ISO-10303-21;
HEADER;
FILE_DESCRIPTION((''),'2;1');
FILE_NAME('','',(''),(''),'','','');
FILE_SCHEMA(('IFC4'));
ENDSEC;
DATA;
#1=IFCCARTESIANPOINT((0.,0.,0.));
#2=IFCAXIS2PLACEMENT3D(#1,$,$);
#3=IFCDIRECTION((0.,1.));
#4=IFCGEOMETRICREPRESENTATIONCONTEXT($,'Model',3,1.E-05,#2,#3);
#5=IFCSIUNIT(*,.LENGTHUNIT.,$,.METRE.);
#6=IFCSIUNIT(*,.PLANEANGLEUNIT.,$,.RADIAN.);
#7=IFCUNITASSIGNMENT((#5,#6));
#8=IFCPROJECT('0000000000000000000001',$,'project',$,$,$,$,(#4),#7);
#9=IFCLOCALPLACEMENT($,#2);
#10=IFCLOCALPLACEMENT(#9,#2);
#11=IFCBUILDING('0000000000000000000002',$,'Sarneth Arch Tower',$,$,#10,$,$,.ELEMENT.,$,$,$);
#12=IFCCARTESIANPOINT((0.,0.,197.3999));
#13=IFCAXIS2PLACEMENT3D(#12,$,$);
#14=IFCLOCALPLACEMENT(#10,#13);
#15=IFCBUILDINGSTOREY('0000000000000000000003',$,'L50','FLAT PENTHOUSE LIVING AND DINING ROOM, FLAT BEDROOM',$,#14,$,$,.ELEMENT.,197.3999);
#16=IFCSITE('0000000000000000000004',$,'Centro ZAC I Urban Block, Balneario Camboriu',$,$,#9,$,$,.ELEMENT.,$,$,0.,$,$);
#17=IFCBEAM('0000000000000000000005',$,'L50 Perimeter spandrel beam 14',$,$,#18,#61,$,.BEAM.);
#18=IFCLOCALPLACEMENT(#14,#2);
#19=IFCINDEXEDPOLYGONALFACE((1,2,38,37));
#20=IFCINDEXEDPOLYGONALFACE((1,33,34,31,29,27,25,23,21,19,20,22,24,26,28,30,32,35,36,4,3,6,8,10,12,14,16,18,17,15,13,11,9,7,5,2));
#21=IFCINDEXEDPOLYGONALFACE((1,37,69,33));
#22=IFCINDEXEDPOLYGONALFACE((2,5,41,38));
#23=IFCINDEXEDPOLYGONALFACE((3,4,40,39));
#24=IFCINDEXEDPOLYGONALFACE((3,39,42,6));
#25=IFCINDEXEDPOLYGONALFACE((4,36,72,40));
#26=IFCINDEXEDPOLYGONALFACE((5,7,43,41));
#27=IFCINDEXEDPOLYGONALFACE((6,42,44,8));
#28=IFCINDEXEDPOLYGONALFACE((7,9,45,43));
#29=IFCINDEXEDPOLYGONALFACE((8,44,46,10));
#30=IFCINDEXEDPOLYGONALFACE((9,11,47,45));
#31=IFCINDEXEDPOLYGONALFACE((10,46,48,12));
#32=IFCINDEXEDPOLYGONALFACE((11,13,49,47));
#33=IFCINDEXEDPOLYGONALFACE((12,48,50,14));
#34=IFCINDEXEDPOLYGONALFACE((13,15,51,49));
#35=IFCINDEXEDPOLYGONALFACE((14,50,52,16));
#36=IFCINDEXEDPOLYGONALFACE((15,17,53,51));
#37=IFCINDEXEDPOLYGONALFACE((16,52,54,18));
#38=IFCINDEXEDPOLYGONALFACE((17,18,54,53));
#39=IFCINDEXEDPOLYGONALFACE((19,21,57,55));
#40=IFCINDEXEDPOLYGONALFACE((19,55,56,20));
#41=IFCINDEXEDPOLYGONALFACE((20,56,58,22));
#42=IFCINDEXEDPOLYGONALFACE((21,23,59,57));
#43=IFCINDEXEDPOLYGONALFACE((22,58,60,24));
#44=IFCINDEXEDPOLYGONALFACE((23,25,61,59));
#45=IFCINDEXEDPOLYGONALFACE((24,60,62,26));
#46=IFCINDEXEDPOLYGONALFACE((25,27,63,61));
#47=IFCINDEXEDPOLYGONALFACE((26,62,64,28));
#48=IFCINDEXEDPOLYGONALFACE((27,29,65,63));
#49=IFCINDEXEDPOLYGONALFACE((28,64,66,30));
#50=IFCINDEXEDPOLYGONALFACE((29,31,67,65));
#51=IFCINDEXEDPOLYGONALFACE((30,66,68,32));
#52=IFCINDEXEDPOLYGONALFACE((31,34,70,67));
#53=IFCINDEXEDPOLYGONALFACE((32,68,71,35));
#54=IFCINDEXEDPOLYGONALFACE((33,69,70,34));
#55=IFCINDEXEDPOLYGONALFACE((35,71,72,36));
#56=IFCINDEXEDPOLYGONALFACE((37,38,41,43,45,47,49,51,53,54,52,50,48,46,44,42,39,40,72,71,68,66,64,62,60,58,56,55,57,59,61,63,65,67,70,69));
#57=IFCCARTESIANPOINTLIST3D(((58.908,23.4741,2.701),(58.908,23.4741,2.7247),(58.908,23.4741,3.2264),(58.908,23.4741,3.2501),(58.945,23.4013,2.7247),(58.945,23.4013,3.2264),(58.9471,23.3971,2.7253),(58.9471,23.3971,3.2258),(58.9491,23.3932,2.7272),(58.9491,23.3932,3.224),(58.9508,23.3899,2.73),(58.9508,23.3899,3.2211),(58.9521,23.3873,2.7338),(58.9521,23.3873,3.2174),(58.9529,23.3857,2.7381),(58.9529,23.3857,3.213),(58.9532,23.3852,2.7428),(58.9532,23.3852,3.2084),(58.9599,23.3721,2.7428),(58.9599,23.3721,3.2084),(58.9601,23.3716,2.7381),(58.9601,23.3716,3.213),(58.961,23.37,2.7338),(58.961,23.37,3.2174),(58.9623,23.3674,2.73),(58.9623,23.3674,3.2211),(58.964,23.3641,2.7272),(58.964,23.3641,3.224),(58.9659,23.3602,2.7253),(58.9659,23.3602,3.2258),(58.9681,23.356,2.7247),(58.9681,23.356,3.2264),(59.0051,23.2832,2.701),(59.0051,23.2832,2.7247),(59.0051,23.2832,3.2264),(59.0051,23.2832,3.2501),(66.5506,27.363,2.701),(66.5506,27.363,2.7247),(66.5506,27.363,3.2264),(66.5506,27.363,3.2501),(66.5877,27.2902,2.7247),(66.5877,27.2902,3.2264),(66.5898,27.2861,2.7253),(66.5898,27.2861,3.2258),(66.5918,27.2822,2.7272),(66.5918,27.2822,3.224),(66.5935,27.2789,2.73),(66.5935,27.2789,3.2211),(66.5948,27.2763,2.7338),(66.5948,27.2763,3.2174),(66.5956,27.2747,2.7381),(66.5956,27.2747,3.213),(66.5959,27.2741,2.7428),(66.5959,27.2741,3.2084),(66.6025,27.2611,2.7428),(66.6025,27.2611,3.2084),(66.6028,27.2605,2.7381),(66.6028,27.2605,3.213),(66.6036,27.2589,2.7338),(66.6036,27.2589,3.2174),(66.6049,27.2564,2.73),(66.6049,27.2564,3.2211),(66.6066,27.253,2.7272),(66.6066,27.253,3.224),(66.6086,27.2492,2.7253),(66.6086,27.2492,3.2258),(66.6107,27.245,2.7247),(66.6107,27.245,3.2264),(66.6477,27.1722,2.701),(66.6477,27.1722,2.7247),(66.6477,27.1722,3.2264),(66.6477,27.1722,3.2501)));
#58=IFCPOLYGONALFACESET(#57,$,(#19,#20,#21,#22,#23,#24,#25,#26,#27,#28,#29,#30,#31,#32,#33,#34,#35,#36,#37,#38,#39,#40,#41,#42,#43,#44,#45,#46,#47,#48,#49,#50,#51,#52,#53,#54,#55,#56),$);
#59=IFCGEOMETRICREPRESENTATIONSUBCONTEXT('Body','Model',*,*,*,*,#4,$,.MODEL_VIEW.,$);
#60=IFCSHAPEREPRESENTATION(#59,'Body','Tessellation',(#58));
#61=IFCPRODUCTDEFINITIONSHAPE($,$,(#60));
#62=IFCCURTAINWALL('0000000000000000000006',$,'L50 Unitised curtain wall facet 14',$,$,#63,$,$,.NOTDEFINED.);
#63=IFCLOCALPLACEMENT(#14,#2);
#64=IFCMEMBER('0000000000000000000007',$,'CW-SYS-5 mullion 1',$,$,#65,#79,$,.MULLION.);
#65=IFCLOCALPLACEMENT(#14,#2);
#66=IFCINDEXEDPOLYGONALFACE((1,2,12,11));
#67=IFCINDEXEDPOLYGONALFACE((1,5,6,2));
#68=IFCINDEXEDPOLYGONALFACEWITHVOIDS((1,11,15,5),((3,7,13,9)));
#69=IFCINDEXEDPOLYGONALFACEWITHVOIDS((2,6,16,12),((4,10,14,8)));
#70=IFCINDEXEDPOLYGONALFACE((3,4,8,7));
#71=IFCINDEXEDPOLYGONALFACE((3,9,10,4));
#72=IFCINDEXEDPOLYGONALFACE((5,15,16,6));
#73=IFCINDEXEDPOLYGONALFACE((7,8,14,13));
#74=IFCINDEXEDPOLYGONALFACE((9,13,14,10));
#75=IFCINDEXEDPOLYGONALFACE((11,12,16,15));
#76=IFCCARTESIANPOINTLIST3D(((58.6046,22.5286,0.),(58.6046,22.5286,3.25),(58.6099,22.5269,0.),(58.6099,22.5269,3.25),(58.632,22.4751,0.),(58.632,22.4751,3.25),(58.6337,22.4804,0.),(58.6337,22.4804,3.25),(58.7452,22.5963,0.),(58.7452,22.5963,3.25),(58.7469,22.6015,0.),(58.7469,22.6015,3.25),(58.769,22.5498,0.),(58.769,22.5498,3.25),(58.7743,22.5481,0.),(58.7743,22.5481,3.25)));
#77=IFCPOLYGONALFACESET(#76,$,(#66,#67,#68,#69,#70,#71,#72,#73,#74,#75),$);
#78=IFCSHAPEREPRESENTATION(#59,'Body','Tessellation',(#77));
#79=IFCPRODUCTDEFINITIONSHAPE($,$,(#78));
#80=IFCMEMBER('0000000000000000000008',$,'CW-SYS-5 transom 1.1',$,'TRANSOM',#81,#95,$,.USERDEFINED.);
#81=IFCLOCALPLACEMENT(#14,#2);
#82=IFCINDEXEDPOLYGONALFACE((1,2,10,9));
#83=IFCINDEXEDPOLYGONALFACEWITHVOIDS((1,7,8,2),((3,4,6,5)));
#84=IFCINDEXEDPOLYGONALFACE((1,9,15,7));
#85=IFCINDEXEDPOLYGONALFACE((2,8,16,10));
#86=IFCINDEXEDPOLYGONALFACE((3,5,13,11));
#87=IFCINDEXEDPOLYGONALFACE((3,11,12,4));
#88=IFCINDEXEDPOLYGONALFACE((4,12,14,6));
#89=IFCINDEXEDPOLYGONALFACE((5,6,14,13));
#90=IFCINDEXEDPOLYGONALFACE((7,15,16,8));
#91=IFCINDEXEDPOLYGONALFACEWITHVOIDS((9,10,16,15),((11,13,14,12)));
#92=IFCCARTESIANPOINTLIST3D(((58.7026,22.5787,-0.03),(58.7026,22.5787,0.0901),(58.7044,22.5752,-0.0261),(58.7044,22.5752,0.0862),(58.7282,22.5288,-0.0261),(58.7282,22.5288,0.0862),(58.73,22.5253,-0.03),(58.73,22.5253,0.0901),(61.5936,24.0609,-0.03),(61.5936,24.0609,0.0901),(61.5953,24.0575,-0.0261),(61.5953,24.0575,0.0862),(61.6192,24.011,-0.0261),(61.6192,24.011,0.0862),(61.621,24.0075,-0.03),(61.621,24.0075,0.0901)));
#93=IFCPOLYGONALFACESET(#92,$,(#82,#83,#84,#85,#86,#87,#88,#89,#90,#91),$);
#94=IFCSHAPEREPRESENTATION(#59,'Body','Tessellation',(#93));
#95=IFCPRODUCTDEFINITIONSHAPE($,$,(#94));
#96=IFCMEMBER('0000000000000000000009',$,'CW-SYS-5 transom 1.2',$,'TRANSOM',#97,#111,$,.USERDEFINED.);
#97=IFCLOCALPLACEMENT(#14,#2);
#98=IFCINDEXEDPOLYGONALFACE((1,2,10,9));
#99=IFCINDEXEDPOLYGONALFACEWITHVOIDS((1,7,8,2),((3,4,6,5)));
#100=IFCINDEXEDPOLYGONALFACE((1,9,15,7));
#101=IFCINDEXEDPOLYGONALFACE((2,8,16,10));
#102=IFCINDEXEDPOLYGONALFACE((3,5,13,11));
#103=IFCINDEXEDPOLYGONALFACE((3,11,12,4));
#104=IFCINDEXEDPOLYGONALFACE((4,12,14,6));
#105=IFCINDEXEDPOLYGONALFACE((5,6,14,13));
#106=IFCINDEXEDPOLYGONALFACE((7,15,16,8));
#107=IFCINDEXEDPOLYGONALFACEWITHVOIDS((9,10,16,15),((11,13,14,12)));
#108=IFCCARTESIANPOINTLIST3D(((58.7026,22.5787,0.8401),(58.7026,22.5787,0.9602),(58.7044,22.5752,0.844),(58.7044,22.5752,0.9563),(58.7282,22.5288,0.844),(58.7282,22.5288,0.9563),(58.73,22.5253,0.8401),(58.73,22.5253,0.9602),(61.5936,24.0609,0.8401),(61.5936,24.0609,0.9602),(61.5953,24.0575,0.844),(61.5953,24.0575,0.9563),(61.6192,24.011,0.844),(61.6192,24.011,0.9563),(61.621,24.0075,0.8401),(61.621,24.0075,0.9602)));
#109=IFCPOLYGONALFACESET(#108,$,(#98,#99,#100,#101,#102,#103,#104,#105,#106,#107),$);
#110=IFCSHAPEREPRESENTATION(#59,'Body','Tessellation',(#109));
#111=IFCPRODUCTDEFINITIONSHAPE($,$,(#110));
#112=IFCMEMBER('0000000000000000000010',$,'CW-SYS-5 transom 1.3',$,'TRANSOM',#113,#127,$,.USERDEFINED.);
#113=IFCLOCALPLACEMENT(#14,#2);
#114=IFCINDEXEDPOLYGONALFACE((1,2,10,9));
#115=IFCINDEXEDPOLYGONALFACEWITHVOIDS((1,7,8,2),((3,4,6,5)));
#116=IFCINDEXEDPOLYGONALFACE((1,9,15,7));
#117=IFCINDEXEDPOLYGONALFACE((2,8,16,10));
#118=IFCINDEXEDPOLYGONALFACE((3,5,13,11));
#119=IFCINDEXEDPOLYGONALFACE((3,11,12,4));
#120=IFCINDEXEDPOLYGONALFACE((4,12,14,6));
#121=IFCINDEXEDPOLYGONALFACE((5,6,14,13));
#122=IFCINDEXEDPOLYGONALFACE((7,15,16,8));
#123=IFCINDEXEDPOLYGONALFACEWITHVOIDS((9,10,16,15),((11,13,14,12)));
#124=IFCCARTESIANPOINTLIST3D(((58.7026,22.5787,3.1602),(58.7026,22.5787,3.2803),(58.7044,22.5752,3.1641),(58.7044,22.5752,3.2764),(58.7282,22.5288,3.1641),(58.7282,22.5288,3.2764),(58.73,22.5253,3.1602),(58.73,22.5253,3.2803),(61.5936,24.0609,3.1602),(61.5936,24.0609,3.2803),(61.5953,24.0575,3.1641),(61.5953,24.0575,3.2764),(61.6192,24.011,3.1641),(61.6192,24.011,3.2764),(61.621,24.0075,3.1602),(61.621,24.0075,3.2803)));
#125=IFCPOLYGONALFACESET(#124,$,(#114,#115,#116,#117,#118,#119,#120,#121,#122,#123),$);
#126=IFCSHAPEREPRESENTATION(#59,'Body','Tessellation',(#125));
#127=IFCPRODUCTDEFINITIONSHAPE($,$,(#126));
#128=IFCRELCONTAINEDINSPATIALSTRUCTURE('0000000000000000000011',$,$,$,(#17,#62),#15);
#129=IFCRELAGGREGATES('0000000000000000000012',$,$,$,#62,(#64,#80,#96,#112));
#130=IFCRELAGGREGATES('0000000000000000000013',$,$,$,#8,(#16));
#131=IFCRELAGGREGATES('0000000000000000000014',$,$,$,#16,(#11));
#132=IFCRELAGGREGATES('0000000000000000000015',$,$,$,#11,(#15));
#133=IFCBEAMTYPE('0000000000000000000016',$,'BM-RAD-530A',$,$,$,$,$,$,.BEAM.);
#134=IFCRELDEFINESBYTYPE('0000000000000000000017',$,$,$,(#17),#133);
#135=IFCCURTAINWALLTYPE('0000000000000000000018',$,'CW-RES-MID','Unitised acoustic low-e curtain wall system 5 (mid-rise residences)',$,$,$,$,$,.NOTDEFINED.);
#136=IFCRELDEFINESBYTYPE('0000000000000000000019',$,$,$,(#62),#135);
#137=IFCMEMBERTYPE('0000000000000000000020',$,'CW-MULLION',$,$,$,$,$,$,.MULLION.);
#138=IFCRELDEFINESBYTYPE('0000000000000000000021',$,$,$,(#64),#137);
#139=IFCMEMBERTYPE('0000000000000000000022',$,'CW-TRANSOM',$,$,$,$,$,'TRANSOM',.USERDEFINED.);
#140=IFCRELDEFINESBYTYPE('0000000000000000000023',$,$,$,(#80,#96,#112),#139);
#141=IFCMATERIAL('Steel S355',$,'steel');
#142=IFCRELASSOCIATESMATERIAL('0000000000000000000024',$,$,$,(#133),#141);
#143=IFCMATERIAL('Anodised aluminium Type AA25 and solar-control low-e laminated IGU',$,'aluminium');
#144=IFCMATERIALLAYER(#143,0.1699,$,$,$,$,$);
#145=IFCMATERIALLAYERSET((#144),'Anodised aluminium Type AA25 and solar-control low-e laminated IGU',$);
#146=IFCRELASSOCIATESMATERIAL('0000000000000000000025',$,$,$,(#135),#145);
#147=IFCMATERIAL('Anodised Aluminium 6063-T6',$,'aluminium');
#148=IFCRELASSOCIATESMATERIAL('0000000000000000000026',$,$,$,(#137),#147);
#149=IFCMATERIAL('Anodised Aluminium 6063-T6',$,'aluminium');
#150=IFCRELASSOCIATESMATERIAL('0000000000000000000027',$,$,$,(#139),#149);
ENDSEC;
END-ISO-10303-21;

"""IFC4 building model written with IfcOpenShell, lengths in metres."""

from ifc_helpers import new_model, si_unit, direction, frame, origin, origin_2d, place, context, subcontext, project, spatial, hollow_rectangle, i_section, extrude, material, layer, layer_set, material_profile, profile_set, type_object, element, aggregate, save


model = new_model("IFC4")

# Units and contexts
model_context = context("Model", 3, precision=1e-05, world=origin(), true_north=direction((0.0, 1.0)))
body_context = subcontext(model_context, "Body", "Model", "MODEL_VIEW")
ifc_project = project(units=[si_unit("LENGTHUNIT", "METRE"), si_unit("PLANEANGLEUNIT", "RADIAN")], contexts=[model_context])

# Site, building, storey
site_placement = place(None, origin())
site = spatial("IfcSite", under=ifc_project, at=site_placement, Name="Centro ZAC I Urban Block, Balneario Camboriu", CompositionType="ELEMENT", RefElevation=0.0)
building_placement = place(site_placement, origin())
building = spatial("IfcBuilding", under=site, at=building_placement, Name="Sarneth Arch Tower", CompositionType="ELEMENT")
storey_placement = place(building_placement, frame((0.0, 0.0, 197.3999)))
storey = spatial("IfcBuildingStorey", under=building, at=storey_placement, Name="L50", Description="FLAT PENTHOUSE LIVING AND DINING ROOM, FLAT BEDROOM", CompositionType="ELEMENT", Elevation=197.3999)

# Beam
ifc_material_1 = material(Name="Steel S355", Category="steel")
ifc_material_profile_1 = material_profile(ifc_material_1, i_section(OverallWidth=0.2141, OverallDepth=0.5491, WebThickness=0.0146, FlangeThickness=0.0237, FilletRadius=0.0181, at=origin_2d()), Name="W530x138")
ifc_profile_set_1 = profile_set([ifc_material_profile_1], Name="Steel S355")
beam_type_1 = type_object("IfcBeamType", Name="BM-RAD-530A", PredefinedType="BEAM", material=ifc_profile_set_1)
beam_1_placement = place(storey_placement, frame((58.9565, 23.3787, 2.9756), z_axis=(0.89125, 0.453512, 0.0), x_axis=(-0.453512, 0.89125, 0.0)))
element("IfcBeam", 1, at=beam_1_placement, inside=storey, type_object=beam_type_1, Name="L50 Perimeter spandrel beam 14", PredefinedType="BEAM", context=body_context, shape_type="SweptSolid", body=[
    extrude(i_section(OverallWidth=0.2141, OverallDepth=0.5491, WebThickness=0.0146, FlangeThickness=0.0237, FilletRadius=0.0181, at=origin_2d()), origin(), (0.0, 0.0, 1.0), 8.5752),
])

# Curtain wall, members
ifc_material_2 = material(Name="Anodised aluminium Type AA25 and solar-control low-e laminated IGU", Category="aluminium")
ifc_layer_1 = layer(ifc_material_2, 0.1699)
ifc_layer_set_1 = layer_set([ifc_layer_1], Name="Anodised aluminium Type AA25 and solar-control low-e laminated IGU")
curtain_wall_type = type_object("IfcCurtainWallType", Name="CW-RES-MID", Description="Unitised acoustic low-e curtain wall system 5 (mid-rise residences)", PredefinedType="NOTDEFINED", material=ifc_layer_set_1)
curtain_wall_placement = place(storey_placement, origin())
curtain_wall = element("IfcCurtainWall", 2, at=curtain_wall_placement, inside=storey, type_object=curtain_wall_type, Name="L50 Unitised curtain wall facet 14", PredefinedType="NOTDEFINED")
ifc_material_3 = material(Name="Anodised Aluminium 6063-T6", Category="aluminium")
ifc_material_profile_2 = material_profile(ifc_material_3, hollow_rectangle(XDim=0.0601, YDim=0.1599, WallThickness=0.0039, at=origin_2d()), Name="AL-MULL-160x60x4")
ifc_profile_set_2 = profile_set([ifc_material_profile_2], Name="Anodised Aluminium 6063-T6")
member_type_1 = type_object("IfcMemberType", Name="CW-MULLION", PredefinedType="MULLION", material=ifc_profile_set_2)
member_1_placement = place(storey_placement, frame((58.6895, 22.5383, 0.0), z_axis=(0.0, 0.0, 1.0), x_axis=(-0.456208, 0.889873, 0.0)))
member_1 = element("IfcMember", 3, at=member_1_placement, type_object=member_type_1, Name="CW-SYS-5 mullion 1", PredefinedType="MULLION", context=body_context, shape_type="SweptSolid", body=[
    extrude(hollow_rectangle(XDim=0.0601, YDim=0.1599, WallThickness=0.0039, at=origin_2d()), origin(), (0.0, 0.0, 1.0), 3.25),
])
ifc_material_4 = material(Name="Anodised Aluminium 6063-T6", Category="aluminium")
ifc_material_profile_3 = material_profile(ifc_material_4, hollow_rectangle(XDim=0.0601, YDim=0.1201, WallThickness=0.0039, at=origin_2d()), Name="AL-TRAN-120x60x4")
ifc_profile_set_3 = profile_set([ifc_material_profile_3], Name="Anodised Aluminium 6063-T6")
member_type_2 = type_object("IfcMemberType", Name="CW-TRANSOM", ElementType="TRANSOM", PredefinedType="USERDEFINED", material=ifc_profile_set_3)
member_2_placement = place(storey_placement, frame((58.7163, 22.552, 0.03), z_axis=(0.889857, 0.456239, 0.0), x_axis=(-0.456239, 0.889857, 0.0)))
member_2 = element("IfcMember", 4, at=member_2_placement, type_object=member_type_2, Name="CW-SYS-5 transom 1.1", ObjectType="TRANSOM", PredefinedType="USERDEFINED", context=body_context, shape_type="SweptSolid", body=[
    extrude(hollow_rectangle(XDim=0.0601, YDim=0.1201, WallThickness=0.0039, at=origin_2d()), origin(), (0.0, 0.0, 1.0), 3.2488),
])
member_3_placement = place(storey_placement, frame((58.7163, 22.552, 0.9001), z_axis=(0.889857, 0.456239, 0.0), x_axis=(-0.456239, 0.889857, 0.0)))
member_3 = element("IfcMember", 5, at=member_3_placement, type_object=member_type_2, Name="CW-SYS-5 transom 1.2", ObjectType="TRANSOM", PredefinedType="USERDEFINED", context=body_context, shape_type="SweptSolid", body=[
    extrude(hollow_rectangle(XDim=0.0601, YDim=0.1201, WallThickness=0.0039, at=origin_2d()), origin(), (0.0, 0.0, 1.0), 3.2488),
])
member_4_placement = place(storey_placement, frame((58.7163, 22.552, 3.2202), z_axis=(0.889857, 0.456239, 0.0), x_axis=(-0.456239, 0.889857, 0.0)))
member_4 = element("IfcMember", 6, at=member_4_placement, type_object=member_type_2, Name="CW-SYS-5 transom 1.3", ObjectType="TRANSOM", PredefinedType="USERDEFINED", context=body_context, shape_type="SweptSolid", body=[
    extrude(hollow_rectangle(XDim=0.0601, YDim=0.1201, WallThickness=0.0039, at=origin_2d()), origin(), (0.0, 0.0, 1.0), 3.2488),
])
aggregate(curtain_wall, [member_1, member_2, member_3, member_4])

save(model, "model.ifc")
